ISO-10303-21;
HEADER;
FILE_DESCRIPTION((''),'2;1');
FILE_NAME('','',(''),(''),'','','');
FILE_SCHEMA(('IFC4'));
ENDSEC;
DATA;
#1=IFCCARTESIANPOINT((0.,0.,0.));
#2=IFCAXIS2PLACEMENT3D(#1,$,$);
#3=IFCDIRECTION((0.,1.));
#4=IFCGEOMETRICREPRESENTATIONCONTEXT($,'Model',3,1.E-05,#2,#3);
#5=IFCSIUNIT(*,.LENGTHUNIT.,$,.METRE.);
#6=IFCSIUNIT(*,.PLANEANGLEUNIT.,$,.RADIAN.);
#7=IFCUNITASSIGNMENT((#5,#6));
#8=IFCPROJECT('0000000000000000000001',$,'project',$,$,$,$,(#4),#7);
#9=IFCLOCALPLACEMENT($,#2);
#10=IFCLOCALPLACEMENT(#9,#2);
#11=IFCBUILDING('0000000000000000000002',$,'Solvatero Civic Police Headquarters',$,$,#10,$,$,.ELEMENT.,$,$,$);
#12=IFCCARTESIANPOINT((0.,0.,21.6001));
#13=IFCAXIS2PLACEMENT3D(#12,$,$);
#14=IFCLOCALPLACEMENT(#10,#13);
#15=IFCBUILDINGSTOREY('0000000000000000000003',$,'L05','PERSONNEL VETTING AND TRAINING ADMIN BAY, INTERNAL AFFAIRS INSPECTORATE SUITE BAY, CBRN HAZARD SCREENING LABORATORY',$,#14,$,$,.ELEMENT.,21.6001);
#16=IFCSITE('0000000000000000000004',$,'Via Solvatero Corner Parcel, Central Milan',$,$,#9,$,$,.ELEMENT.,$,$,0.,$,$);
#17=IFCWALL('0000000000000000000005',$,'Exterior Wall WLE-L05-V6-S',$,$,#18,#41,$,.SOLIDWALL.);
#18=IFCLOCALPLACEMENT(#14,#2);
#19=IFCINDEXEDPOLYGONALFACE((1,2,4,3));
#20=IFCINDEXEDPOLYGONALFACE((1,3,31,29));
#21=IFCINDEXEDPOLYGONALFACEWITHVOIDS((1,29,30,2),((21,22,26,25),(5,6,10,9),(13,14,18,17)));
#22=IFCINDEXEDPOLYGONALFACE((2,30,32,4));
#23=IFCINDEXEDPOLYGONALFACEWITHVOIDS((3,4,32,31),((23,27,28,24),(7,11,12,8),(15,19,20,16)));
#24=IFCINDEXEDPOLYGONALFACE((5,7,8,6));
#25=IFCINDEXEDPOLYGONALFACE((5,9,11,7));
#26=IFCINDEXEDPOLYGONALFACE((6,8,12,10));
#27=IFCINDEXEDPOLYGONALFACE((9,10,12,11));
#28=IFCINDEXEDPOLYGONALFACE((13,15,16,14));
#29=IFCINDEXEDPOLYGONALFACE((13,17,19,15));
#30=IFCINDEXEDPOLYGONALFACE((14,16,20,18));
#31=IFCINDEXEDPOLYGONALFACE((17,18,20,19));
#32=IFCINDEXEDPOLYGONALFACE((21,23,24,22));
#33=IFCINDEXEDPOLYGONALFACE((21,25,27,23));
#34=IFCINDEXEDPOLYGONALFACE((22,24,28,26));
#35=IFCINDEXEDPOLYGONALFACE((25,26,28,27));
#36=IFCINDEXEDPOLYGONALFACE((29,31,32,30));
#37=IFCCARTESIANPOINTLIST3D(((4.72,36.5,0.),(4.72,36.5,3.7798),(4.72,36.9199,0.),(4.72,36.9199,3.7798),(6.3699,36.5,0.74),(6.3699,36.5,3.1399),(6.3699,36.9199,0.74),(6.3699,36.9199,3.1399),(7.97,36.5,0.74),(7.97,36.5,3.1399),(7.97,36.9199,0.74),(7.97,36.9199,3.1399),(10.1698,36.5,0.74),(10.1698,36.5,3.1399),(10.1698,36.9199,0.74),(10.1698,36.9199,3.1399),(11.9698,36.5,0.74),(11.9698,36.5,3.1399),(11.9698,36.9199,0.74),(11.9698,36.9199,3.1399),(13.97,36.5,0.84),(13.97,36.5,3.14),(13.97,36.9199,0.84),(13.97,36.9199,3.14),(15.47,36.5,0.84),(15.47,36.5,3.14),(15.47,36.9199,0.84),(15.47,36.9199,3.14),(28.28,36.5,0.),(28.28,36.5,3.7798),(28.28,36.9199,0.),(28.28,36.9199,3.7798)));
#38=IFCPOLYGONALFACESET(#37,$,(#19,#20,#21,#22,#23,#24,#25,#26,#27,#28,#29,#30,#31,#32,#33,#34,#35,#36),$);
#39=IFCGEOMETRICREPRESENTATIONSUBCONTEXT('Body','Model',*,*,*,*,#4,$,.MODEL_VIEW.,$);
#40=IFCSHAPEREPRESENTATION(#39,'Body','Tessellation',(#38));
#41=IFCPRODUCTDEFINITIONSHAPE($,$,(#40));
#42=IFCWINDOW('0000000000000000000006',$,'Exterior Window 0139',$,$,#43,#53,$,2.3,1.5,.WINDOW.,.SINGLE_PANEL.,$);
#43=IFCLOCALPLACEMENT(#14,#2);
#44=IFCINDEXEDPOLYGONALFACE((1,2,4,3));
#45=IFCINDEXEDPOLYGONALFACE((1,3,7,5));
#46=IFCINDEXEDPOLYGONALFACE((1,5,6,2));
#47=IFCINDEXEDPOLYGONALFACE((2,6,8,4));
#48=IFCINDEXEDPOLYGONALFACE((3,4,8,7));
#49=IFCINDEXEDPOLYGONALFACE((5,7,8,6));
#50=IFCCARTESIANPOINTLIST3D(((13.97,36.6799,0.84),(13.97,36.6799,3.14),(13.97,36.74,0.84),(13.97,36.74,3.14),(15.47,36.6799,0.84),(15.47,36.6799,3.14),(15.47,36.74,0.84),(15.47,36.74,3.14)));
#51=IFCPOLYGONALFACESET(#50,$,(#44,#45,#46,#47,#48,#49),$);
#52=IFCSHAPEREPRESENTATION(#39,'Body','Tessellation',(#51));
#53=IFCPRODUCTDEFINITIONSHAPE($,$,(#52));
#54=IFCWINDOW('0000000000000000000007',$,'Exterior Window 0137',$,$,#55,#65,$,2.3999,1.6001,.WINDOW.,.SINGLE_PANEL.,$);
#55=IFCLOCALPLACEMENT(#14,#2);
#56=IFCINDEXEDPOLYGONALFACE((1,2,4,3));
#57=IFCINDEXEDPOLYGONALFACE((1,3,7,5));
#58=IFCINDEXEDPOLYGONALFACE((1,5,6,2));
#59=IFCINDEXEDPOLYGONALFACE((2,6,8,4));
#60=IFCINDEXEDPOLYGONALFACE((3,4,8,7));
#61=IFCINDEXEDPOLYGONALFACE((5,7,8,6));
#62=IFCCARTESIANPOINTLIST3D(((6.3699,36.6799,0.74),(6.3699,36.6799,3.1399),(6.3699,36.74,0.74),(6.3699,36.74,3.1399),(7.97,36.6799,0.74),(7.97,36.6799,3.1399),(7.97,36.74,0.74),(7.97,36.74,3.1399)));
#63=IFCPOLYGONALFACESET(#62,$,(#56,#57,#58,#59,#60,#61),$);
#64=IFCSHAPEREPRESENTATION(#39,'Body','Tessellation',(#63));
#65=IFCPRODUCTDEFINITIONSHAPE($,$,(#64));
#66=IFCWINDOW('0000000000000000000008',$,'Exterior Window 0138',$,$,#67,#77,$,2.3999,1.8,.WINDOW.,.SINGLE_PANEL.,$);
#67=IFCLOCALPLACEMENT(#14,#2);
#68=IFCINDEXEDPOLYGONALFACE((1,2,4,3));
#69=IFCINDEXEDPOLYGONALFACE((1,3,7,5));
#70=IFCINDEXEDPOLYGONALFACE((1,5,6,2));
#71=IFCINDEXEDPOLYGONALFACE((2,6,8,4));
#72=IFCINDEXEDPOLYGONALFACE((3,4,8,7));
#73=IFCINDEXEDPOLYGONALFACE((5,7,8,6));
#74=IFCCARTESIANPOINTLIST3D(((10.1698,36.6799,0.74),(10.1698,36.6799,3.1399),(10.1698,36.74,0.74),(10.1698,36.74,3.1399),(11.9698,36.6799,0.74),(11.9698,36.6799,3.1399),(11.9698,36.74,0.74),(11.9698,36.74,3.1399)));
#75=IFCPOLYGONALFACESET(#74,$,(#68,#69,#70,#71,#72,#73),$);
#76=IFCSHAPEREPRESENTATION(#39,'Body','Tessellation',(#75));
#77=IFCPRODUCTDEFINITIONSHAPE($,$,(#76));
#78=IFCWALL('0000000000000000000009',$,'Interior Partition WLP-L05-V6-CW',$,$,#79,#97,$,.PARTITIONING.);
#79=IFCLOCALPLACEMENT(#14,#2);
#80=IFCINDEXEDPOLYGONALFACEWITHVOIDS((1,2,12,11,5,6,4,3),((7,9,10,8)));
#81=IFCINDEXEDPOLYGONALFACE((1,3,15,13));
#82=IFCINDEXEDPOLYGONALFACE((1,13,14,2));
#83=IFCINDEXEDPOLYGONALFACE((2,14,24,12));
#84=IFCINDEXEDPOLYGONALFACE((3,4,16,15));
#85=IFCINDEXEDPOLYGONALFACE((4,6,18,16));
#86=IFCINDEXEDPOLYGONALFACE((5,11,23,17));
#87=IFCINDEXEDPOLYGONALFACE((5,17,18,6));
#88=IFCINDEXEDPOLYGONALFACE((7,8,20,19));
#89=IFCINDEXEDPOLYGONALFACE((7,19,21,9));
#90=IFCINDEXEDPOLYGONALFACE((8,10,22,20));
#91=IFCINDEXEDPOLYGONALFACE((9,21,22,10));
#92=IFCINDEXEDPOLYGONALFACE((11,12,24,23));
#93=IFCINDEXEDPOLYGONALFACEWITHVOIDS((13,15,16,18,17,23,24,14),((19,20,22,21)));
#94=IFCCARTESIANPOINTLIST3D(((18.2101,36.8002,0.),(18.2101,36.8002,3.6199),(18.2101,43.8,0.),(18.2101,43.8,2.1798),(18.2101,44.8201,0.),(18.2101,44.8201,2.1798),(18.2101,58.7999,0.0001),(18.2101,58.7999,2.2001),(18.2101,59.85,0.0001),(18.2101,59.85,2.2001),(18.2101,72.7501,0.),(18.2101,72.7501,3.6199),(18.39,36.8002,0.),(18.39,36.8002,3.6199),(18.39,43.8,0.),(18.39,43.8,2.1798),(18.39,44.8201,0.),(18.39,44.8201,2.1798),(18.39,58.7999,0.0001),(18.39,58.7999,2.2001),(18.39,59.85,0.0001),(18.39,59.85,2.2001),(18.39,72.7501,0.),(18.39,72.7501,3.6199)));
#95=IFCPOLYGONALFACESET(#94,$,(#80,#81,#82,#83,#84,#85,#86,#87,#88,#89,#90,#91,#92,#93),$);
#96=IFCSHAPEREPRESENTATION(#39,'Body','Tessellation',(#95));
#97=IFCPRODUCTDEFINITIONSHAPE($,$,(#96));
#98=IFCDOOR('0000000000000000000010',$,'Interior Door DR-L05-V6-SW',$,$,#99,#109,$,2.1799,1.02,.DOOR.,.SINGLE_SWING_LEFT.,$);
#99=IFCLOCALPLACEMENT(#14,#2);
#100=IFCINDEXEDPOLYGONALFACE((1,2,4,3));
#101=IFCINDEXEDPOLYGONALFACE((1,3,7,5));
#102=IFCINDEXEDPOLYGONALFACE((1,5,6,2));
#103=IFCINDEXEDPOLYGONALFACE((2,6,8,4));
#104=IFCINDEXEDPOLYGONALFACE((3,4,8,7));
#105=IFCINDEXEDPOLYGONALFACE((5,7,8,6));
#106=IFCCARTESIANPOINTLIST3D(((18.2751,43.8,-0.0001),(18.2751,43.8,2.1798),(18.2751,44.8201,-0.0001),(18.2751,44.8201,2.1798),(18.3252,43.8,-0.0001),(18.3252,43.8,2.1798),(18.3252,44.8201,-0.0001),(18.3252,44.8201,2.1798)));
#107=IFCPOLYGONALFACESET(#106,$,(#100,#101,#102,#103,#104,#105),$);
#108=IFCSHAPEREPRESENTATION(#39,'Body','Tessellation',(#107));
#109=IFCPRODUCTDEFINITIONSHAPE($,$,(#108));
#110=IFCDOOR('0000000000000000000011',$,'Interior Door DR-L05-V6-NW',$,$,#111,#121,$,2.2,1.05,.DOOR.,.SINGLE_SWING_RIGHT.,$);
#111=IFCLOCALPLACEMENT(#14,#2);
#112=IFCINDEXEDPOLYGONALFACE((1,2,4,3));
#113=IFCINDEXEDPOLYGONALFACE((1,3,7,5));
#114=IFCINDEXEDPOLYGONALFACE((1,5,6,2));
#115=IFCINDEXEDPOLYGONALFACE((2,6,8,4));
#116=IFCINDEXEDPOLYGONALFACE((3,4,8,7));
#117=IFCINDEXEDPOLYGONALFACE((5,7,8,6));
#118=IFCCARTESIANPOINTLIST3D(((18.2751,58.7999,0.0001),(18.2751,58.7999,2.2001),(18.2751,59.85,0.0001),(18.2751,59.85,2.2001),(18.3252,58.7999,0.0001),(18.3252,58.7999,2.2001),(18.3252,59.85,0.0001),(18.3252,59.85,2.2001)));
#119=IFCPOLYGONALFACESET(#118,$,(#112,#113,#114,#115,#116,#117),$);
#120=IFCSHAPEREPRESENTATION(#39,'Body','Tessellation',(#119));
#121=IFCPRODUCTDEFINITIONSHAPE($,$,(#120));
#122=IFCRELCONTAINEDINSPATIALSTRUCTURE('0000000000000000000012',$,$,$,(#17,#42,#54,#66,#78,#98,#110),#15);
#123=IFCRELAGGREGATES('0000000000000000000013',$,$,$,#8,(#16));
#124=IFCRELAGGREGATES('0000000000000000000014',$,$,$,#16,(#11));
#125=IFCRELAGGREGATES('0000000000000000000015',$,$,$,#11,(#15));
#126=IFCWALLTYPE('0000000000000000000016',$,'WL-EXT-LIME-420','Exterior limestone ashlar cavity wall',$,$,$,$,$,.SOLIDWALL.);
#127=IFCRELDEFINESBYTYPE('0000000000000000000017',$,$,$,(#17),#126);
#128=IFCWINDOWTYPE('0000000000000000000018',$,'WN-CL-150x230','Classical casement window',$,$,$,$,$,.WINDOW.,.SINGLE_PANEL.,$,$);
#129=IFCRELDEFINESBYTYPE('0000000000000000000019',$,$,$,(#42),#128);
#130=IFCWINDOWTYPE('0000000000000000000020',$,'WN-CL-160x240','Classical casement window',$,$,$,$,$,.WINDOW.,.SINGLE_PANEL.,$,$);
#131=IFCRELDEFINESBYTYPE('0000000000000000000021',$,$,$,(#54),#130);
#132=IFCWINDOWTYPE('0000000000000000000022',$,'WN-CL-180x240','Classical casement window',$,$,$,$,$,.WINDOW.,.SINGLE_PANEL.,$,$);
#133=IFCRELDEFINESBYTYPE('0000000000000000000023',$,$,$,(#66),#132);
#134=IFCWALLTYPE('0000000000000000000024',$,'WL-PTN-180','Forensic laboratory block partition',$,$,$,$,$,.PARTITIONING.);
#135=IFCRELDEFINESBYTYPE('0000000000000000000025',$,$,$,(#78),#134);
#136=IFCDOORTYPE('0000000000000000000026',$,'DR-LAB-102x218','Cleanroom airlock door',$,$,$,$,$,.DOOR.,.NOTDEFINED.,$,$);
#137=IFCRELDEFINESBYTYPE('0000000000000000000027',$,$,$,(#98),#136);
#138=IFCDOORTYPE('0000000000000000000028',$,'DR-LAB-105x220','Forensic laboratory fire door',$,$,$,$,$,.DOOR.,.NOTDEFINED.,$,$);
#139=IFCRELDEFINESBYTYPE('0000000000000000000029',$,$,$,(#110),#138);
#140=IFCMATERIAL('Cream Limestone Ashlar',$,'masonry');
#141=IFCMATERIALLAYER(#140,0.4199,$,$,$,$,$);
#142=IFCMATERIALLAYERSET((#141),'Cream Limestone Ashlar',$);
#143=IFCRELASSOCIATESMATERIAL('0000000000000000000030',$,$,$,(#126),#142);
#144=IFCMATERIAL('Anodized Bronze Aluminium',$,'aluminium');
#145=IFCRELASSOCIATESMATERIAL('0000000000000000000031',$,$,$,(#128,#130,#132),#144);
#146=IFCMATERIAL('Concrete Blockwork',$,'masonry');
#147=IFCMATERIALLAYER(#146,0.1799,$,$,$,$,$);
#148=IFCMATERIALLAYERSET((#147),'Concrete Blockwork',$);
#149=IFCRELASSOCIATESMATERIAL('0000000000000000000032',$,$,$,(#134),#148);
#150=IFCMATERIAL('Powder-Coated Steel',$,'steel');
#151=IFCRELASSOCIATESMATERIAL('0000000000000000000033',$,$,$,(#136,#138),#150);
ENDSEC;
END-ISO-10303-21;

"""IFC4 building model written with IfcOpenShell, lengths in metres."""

from ifc_helpers import new_model, si_unit, direction, frame, frame_2d, origin, place, context, subcontext, project, spatial, rectangle, extrude, material, layer, layer_set, type_object, element, fill, save


model = new_model("IFC4")

# Units and contexts
model_context = context("Model", 3, precision=1e-05, world=origin(), true_north=direction((0.0, 1.0)))
body_context = subcontext(model_context, "Body", "Model", "MODEL_VIEW")
ifc_project = project(units=[si_unit("LENGTHUNIT", "METRE"), si_unit("PLANEANGLEUNIT", "RADIAN")], contexts=[model_context])

# Site, building, storey
site_placement = place(None, origin())
site = spatial("IfcSite", under=ifc_project, at=site_placement, Name="Via Solvatero Corner Parcel, Central Milan", CompositionType="ELEMENT", RefElevation=0.0)
building_placement = place(site_placement, origin())
building = spatial("IfcBuilding", under=site, at=building_placement, Name="Solvatero Civic Police Headquarters", CompositionType="ELEMENT")
storey_placement = place(building_placement, frame((0.0, 0.0, 21.6001)))
storey = spatial("IfcBuildingStorey", under=building, at=storey_placement, Name="L05", Description="PERSONNEL VETTING AND TRAINING ADMIN BAY, INTERNAL AFFAIRS INSPECTORATE SUITE BAY, CBRN HAZARD SCREENING LABORATORY", CompositionType="ELEMENT", Elevation=21.6001)

# Wall, openings, windows
ifc_material_1 = material(Name="Cream Limestone Ashlar", Category="masonry")
ifc_layer_1 = layer(ifc_material_1, 0.4199)
ifc_layer_set_1 = layer_set([ifc_layer_1], Name="Cream Limestone Ashlar")
wall_type_1 = type_object("IfcWallType", Name="WL-EXT-LIME-420", Description="Exterior limestone ashlar cavity wall", PredefinedType="SOLIDWALL", material=ifc_layer_set_1)
ifc_material_2 = material(Name="Anodized Bronze Aluminium", Category="aluminium")
window_type_1 = type_object("IfcWindowType", Name="WN-CL-150x230", Description="Classical casement window", PartitioningType="SINGLE_PANEL", PredefinedType="WINDOW", material=ifc_material_2)
window_type_2 = type_object("IfcWindowType", Name="WN-CL-160x240", Description="Classical casement window", PartitioningType="SINGLE_PANEL", PredefinedType="WINDOW", material=ifc_material_2)
window_type_3 = type_object("IfcWindowType", Name="WN-CL-180x240", Description="Classical casement window", PartitioningType="SINGLE_PANEL", PredefinedType="WINDOW", material=ifc_material_2)
wall_1_placement = place(storey_placement, frame((4.72, 36.71, 0.0), z_axis=(0.0, 0.0, 1.0), x_axis=(1.0, 0.0, 0.0)))
wall_1 = element("IfcWall", 1, at=wall_1_placement, inside=storey, type_object=wall_type_1, Name="Exterior Wall WLE-L05-V6-S", PredefinedType="SOLIDWALL", context=body_context, shape_type="SweptSolid", body=[
    extrude(rectangle(XDim=23.5601, YDim=0.4199, at=frame_2d((11.78, 0.0))), origin(), (0.0, 0.0, 1.0), 3.7798),
])
opening_1_placement = place(wall_1_placement, frame((1.6499, 0.0, 0.74)))
opening_1 = element("IfcOpeningElement", 2, at=opening_1_placement, cuts=wall_1, PredefinedType="OPENING", context=body_context, shape_type="SweptSolid", body=[
    extrude(rectangle(XDim=1.6001, YDim=2.3999, at=frame_2d((0.8, 1.2))), frame((0.0, 0.22, 0.0), z_axis=(0.0, -1.0, 0.0), x_axis=(1.0, 0.0, 0.0)), (0.0, 0.0, 1.0), 0.4399),
])
opening_2_placement = place(wall_1_placement, frame((5.45, 0.0, 0.74)))
opening_2 = element("IfcOpeningElement", 3, at=opening_2_placement, cuts=wall_1, PredefinedType="OPENING", context=body_context, shape_type="SweptSolid", body=[
    extrude(rectangle(XDim=1.8, YDim=2.3999, at=frame_2d((0.8999, 1.2))), frame((0.0, 0.22, 0.0), z_axis=(0.0, -1.0, 0.0), x_axis=(1.0, 0.0, 0.0)), (0.0, 0.0, 1.0), 0.4399),
])
opening_3_placement = place(wall_1_placement, frame((9.25, 0.0, 0.8401)))
opening_3 = element("IfcOpeningElement", 4, at=opening_3_placement, cuts=wall_1, PredefinedType="OPENING", context=body_context, shape_type="SweptSolid", body=[
    extrude(rectangle(XDim=1.5, YDim=2.3, at=frame_2d((0.75, 1.1499))), frame((0.0, 0.22, 0.0), z_axis=(0.0, -1.0, 0.0), x_axis=(1.0, 0.0, 0.0)), (0.0, 0.0, 1.0), 0.4399),
])
window_1_placement = place(opening_3_placement, origin())
window_1 = element("IfcWindow", 5, at=window_1_placement, inside=storey, type_object=window_type_1, Name="Exterior Window 0139", OverallHeight=2.3, OverallWidth=1.5, PartitioningType="SINGLE_PANEL", PredefinedType="WINDOW", context=body_context, shape_type="SweptSolid", body=[
    extrude(rectangle(XDim=1.5, YDim=2.3, at=frame_2d((0.75, 1.1499))), frame((0.0, 0.03, 0.0), z_axis=(0.0, -1.0, 0.0), x_axis=(1.0, 0.0, 0.0)), (0.0, 0.0, 1.0), 0.0601),
])
fill(opening_3, window_1)
window_2_placement = place(opening_1_placement, origin())
window_2 = element("IfcWindow", 6, at=window_2_placement, inside=storey, type_object=window_type_2, Name="Exterior Window 0137", OverallHeight=2.3999, OverallWidth=1.6001, PartitioningType="SINGLE_PANEL", PredefinedType="WINDOW", context=body_context, shape_type="SweptSolid", body=[
    extrude(rectangle(XDim=1.6001, YDim=2.3999, at=frame_2d((0.8, 1.2))), frame((0.0, 0.03, 0.0), z_axis=(0.0, -1.0, 0.0), x_axis=(1.0, 0.0, 0.0)), (0.0, 0.0, 1.0), 0.0601),
])
fill(opening_1, window_2)
window_3_placement = place(opening_2_placement, origin())
window_3 = element("IfcWindow", 7, at=window_3_placement, inside=storey, type_object=window_type_3, Name="Exterior Window 0138", OverallHeight=2.3999, OverallWidth=1.8, PartitioningType="SINGLE_PANEL", PredefinedType="WINDOW", context=body_context, shape_type="SweptSolid", body=[
    extrude(rectangle(XDim=1.8, YDim=2.3999, at=frame_2d((0.8999, 1.2))), frame((0.0, 0.03, 0.0), z_axis=(0.0, -1.0, 0.0), x_axis=(1.0, 0.0, 0.0)), (0.0, 0.0, 1.0), 0.0601),
])
fill(opening_2, window_3)

# Wall, openings, doors
ifc_material_3 = material(Name="Concrete Blockwork", Category="masonry")
ifc_layer_2 = layer(ifc_material_3, 0.1799)
ifc_layer_set_2 = layer_set([ifc_layer_2], Name="Concrete Blockwork")
wall_type_2 = type_object("IfcWallType", Name="WL-PTN-180", Description="Forensic laboratory block partition", PredefinedType="PARTITIONING", material=ifc_layer_set_2)
wall_2_placement = place(storey_placement, frame((18.3, 36.8, 0.0), z_axis=(0.0, 0.0, 1.0), x_axis=(0.0, 1.0, 0.0)))
wall_2 = element("IfcWall", 8, at=wall_2_placement, inside=storey, type_object=wall_type_2, Name="Interior Partition WLP-L05-V6-CW", PredefinedType="PARTITIONING", context=body_context, shape_type="SweptSolid", body=[
    extrude(rectangle(XDim=35.95, YDim=0.1799, at=frame_2d((17.9751, 0.0))), origin(), (0.0, 0.0, 1.0), 3.6199),
])
opening_4_placement = place(wall_2_placement, frame((7.0, 0.0, 0.0)))
opening_4 = element("IfcOpeningElement", 9, at=opening_4_placement, cuts=wall_2, PredefinedType="OPENING", context=body_context, shape_type="SweptSolid", body=[
    extrude(rectangle(XDim=1.02, YDim=2.1799, at=frame_2d((0.51, 1.0898))), frame((0.0, 0.0999, 0.0), z_axis=(0.0, -1.0, 0.0), x_axis=(1.0, 0.0, 0.0)), (0.0, 0.0, 1.0), 0.2),
])
opening_5_placement = place(wall_2_placement, frame((22.0, 0.0, 0.0)))
opening_5 = element("IfcOpeningElement", 10, at=opening_5_placement, cuts=wall_2, PredefinedType="OPENING", context=body_context, shape_type="SweptSolid", body=[
    extrude(rectangle(XDim=1.05, YDim=2.2, at=frame_2d((0.5249, 1.1001))), frame((0.0, 0.0999, 0.0), z_axis=(0.0, -1.0, 0.0), x_axis=(1.0, 0.0, 0.0)), (0.0, 0.0, 1.0), 0.2),
])
ifc_material_4 = material(Name="Powder-Coated Steel", Category="steel")
door_type_1 = type_object("IfcDoorType", Name="DR-LAB-102x218", Description="Cleanroom airlock door", OperationType="NOTDEFINED", PredefinedType="DOOR", material=ifc_material_4)
door_1_placement = place(opening_4_placement, origin())
door_1 = element("IfcDoor", 11, at=door_1_placement, inside=storey, type_object=door_type_1, Name="Interior Door DR-L05-V6-SW", OperationType="SINGLE_SWING_LEFT", OverallHeight=2.1799, OverallWidth=1.02, PredefinedType="DOOR", context=body_context, shape_type="SweptSolid", body=[
    extrude(rectangle(XDim=1.02, YDim=2.1799, at=frame_2d((0.51, 1.0898))), frame((0.0, 0.0249, 0.0), z_axis=(0.0, -1.0, 0.0), x_axis=(1.0, 0.0, 0.0)), (0.0, 0.0, 1.0), 0.05),
])
fill(opening_4, door_1)
door_type_2 = type_object("IfcDoorType", Name="DR-LAB-105x220", Description="Forensic laboratory fire door", OperationType="NOTDEFINED", PredefinedType="DOOR", material=ifc_material_4)
door_2_placement = place(opening_5_placement, origin())
door_2 = element("IfcDoor", 12, at=door_2_placement, inside=storey, type_object=door_type_2, Name="Interior Door DR-L05-V6-NW", OperationType="SINGLE_SWING_RIGHT", OverallHeight=2.2, OverallWidth=1.05, PredefinedType="DOOR", context=body_context, shape_type="SweptSolid", body=[
    extrude(rectangle(XDim=1.05, YDim=2.2, at=frame_2d((0.5249, 1.1001))), frame((0.0, 0.0249, 0.0), z_axis=(0.0, -1.0, 0.0), x_axis=(1.0, 0.0, 0.0)), (0.0, 0.0, 1.0), 0.05),
])
fill(opening_5, door_2)

save(model, "model.ifc")
